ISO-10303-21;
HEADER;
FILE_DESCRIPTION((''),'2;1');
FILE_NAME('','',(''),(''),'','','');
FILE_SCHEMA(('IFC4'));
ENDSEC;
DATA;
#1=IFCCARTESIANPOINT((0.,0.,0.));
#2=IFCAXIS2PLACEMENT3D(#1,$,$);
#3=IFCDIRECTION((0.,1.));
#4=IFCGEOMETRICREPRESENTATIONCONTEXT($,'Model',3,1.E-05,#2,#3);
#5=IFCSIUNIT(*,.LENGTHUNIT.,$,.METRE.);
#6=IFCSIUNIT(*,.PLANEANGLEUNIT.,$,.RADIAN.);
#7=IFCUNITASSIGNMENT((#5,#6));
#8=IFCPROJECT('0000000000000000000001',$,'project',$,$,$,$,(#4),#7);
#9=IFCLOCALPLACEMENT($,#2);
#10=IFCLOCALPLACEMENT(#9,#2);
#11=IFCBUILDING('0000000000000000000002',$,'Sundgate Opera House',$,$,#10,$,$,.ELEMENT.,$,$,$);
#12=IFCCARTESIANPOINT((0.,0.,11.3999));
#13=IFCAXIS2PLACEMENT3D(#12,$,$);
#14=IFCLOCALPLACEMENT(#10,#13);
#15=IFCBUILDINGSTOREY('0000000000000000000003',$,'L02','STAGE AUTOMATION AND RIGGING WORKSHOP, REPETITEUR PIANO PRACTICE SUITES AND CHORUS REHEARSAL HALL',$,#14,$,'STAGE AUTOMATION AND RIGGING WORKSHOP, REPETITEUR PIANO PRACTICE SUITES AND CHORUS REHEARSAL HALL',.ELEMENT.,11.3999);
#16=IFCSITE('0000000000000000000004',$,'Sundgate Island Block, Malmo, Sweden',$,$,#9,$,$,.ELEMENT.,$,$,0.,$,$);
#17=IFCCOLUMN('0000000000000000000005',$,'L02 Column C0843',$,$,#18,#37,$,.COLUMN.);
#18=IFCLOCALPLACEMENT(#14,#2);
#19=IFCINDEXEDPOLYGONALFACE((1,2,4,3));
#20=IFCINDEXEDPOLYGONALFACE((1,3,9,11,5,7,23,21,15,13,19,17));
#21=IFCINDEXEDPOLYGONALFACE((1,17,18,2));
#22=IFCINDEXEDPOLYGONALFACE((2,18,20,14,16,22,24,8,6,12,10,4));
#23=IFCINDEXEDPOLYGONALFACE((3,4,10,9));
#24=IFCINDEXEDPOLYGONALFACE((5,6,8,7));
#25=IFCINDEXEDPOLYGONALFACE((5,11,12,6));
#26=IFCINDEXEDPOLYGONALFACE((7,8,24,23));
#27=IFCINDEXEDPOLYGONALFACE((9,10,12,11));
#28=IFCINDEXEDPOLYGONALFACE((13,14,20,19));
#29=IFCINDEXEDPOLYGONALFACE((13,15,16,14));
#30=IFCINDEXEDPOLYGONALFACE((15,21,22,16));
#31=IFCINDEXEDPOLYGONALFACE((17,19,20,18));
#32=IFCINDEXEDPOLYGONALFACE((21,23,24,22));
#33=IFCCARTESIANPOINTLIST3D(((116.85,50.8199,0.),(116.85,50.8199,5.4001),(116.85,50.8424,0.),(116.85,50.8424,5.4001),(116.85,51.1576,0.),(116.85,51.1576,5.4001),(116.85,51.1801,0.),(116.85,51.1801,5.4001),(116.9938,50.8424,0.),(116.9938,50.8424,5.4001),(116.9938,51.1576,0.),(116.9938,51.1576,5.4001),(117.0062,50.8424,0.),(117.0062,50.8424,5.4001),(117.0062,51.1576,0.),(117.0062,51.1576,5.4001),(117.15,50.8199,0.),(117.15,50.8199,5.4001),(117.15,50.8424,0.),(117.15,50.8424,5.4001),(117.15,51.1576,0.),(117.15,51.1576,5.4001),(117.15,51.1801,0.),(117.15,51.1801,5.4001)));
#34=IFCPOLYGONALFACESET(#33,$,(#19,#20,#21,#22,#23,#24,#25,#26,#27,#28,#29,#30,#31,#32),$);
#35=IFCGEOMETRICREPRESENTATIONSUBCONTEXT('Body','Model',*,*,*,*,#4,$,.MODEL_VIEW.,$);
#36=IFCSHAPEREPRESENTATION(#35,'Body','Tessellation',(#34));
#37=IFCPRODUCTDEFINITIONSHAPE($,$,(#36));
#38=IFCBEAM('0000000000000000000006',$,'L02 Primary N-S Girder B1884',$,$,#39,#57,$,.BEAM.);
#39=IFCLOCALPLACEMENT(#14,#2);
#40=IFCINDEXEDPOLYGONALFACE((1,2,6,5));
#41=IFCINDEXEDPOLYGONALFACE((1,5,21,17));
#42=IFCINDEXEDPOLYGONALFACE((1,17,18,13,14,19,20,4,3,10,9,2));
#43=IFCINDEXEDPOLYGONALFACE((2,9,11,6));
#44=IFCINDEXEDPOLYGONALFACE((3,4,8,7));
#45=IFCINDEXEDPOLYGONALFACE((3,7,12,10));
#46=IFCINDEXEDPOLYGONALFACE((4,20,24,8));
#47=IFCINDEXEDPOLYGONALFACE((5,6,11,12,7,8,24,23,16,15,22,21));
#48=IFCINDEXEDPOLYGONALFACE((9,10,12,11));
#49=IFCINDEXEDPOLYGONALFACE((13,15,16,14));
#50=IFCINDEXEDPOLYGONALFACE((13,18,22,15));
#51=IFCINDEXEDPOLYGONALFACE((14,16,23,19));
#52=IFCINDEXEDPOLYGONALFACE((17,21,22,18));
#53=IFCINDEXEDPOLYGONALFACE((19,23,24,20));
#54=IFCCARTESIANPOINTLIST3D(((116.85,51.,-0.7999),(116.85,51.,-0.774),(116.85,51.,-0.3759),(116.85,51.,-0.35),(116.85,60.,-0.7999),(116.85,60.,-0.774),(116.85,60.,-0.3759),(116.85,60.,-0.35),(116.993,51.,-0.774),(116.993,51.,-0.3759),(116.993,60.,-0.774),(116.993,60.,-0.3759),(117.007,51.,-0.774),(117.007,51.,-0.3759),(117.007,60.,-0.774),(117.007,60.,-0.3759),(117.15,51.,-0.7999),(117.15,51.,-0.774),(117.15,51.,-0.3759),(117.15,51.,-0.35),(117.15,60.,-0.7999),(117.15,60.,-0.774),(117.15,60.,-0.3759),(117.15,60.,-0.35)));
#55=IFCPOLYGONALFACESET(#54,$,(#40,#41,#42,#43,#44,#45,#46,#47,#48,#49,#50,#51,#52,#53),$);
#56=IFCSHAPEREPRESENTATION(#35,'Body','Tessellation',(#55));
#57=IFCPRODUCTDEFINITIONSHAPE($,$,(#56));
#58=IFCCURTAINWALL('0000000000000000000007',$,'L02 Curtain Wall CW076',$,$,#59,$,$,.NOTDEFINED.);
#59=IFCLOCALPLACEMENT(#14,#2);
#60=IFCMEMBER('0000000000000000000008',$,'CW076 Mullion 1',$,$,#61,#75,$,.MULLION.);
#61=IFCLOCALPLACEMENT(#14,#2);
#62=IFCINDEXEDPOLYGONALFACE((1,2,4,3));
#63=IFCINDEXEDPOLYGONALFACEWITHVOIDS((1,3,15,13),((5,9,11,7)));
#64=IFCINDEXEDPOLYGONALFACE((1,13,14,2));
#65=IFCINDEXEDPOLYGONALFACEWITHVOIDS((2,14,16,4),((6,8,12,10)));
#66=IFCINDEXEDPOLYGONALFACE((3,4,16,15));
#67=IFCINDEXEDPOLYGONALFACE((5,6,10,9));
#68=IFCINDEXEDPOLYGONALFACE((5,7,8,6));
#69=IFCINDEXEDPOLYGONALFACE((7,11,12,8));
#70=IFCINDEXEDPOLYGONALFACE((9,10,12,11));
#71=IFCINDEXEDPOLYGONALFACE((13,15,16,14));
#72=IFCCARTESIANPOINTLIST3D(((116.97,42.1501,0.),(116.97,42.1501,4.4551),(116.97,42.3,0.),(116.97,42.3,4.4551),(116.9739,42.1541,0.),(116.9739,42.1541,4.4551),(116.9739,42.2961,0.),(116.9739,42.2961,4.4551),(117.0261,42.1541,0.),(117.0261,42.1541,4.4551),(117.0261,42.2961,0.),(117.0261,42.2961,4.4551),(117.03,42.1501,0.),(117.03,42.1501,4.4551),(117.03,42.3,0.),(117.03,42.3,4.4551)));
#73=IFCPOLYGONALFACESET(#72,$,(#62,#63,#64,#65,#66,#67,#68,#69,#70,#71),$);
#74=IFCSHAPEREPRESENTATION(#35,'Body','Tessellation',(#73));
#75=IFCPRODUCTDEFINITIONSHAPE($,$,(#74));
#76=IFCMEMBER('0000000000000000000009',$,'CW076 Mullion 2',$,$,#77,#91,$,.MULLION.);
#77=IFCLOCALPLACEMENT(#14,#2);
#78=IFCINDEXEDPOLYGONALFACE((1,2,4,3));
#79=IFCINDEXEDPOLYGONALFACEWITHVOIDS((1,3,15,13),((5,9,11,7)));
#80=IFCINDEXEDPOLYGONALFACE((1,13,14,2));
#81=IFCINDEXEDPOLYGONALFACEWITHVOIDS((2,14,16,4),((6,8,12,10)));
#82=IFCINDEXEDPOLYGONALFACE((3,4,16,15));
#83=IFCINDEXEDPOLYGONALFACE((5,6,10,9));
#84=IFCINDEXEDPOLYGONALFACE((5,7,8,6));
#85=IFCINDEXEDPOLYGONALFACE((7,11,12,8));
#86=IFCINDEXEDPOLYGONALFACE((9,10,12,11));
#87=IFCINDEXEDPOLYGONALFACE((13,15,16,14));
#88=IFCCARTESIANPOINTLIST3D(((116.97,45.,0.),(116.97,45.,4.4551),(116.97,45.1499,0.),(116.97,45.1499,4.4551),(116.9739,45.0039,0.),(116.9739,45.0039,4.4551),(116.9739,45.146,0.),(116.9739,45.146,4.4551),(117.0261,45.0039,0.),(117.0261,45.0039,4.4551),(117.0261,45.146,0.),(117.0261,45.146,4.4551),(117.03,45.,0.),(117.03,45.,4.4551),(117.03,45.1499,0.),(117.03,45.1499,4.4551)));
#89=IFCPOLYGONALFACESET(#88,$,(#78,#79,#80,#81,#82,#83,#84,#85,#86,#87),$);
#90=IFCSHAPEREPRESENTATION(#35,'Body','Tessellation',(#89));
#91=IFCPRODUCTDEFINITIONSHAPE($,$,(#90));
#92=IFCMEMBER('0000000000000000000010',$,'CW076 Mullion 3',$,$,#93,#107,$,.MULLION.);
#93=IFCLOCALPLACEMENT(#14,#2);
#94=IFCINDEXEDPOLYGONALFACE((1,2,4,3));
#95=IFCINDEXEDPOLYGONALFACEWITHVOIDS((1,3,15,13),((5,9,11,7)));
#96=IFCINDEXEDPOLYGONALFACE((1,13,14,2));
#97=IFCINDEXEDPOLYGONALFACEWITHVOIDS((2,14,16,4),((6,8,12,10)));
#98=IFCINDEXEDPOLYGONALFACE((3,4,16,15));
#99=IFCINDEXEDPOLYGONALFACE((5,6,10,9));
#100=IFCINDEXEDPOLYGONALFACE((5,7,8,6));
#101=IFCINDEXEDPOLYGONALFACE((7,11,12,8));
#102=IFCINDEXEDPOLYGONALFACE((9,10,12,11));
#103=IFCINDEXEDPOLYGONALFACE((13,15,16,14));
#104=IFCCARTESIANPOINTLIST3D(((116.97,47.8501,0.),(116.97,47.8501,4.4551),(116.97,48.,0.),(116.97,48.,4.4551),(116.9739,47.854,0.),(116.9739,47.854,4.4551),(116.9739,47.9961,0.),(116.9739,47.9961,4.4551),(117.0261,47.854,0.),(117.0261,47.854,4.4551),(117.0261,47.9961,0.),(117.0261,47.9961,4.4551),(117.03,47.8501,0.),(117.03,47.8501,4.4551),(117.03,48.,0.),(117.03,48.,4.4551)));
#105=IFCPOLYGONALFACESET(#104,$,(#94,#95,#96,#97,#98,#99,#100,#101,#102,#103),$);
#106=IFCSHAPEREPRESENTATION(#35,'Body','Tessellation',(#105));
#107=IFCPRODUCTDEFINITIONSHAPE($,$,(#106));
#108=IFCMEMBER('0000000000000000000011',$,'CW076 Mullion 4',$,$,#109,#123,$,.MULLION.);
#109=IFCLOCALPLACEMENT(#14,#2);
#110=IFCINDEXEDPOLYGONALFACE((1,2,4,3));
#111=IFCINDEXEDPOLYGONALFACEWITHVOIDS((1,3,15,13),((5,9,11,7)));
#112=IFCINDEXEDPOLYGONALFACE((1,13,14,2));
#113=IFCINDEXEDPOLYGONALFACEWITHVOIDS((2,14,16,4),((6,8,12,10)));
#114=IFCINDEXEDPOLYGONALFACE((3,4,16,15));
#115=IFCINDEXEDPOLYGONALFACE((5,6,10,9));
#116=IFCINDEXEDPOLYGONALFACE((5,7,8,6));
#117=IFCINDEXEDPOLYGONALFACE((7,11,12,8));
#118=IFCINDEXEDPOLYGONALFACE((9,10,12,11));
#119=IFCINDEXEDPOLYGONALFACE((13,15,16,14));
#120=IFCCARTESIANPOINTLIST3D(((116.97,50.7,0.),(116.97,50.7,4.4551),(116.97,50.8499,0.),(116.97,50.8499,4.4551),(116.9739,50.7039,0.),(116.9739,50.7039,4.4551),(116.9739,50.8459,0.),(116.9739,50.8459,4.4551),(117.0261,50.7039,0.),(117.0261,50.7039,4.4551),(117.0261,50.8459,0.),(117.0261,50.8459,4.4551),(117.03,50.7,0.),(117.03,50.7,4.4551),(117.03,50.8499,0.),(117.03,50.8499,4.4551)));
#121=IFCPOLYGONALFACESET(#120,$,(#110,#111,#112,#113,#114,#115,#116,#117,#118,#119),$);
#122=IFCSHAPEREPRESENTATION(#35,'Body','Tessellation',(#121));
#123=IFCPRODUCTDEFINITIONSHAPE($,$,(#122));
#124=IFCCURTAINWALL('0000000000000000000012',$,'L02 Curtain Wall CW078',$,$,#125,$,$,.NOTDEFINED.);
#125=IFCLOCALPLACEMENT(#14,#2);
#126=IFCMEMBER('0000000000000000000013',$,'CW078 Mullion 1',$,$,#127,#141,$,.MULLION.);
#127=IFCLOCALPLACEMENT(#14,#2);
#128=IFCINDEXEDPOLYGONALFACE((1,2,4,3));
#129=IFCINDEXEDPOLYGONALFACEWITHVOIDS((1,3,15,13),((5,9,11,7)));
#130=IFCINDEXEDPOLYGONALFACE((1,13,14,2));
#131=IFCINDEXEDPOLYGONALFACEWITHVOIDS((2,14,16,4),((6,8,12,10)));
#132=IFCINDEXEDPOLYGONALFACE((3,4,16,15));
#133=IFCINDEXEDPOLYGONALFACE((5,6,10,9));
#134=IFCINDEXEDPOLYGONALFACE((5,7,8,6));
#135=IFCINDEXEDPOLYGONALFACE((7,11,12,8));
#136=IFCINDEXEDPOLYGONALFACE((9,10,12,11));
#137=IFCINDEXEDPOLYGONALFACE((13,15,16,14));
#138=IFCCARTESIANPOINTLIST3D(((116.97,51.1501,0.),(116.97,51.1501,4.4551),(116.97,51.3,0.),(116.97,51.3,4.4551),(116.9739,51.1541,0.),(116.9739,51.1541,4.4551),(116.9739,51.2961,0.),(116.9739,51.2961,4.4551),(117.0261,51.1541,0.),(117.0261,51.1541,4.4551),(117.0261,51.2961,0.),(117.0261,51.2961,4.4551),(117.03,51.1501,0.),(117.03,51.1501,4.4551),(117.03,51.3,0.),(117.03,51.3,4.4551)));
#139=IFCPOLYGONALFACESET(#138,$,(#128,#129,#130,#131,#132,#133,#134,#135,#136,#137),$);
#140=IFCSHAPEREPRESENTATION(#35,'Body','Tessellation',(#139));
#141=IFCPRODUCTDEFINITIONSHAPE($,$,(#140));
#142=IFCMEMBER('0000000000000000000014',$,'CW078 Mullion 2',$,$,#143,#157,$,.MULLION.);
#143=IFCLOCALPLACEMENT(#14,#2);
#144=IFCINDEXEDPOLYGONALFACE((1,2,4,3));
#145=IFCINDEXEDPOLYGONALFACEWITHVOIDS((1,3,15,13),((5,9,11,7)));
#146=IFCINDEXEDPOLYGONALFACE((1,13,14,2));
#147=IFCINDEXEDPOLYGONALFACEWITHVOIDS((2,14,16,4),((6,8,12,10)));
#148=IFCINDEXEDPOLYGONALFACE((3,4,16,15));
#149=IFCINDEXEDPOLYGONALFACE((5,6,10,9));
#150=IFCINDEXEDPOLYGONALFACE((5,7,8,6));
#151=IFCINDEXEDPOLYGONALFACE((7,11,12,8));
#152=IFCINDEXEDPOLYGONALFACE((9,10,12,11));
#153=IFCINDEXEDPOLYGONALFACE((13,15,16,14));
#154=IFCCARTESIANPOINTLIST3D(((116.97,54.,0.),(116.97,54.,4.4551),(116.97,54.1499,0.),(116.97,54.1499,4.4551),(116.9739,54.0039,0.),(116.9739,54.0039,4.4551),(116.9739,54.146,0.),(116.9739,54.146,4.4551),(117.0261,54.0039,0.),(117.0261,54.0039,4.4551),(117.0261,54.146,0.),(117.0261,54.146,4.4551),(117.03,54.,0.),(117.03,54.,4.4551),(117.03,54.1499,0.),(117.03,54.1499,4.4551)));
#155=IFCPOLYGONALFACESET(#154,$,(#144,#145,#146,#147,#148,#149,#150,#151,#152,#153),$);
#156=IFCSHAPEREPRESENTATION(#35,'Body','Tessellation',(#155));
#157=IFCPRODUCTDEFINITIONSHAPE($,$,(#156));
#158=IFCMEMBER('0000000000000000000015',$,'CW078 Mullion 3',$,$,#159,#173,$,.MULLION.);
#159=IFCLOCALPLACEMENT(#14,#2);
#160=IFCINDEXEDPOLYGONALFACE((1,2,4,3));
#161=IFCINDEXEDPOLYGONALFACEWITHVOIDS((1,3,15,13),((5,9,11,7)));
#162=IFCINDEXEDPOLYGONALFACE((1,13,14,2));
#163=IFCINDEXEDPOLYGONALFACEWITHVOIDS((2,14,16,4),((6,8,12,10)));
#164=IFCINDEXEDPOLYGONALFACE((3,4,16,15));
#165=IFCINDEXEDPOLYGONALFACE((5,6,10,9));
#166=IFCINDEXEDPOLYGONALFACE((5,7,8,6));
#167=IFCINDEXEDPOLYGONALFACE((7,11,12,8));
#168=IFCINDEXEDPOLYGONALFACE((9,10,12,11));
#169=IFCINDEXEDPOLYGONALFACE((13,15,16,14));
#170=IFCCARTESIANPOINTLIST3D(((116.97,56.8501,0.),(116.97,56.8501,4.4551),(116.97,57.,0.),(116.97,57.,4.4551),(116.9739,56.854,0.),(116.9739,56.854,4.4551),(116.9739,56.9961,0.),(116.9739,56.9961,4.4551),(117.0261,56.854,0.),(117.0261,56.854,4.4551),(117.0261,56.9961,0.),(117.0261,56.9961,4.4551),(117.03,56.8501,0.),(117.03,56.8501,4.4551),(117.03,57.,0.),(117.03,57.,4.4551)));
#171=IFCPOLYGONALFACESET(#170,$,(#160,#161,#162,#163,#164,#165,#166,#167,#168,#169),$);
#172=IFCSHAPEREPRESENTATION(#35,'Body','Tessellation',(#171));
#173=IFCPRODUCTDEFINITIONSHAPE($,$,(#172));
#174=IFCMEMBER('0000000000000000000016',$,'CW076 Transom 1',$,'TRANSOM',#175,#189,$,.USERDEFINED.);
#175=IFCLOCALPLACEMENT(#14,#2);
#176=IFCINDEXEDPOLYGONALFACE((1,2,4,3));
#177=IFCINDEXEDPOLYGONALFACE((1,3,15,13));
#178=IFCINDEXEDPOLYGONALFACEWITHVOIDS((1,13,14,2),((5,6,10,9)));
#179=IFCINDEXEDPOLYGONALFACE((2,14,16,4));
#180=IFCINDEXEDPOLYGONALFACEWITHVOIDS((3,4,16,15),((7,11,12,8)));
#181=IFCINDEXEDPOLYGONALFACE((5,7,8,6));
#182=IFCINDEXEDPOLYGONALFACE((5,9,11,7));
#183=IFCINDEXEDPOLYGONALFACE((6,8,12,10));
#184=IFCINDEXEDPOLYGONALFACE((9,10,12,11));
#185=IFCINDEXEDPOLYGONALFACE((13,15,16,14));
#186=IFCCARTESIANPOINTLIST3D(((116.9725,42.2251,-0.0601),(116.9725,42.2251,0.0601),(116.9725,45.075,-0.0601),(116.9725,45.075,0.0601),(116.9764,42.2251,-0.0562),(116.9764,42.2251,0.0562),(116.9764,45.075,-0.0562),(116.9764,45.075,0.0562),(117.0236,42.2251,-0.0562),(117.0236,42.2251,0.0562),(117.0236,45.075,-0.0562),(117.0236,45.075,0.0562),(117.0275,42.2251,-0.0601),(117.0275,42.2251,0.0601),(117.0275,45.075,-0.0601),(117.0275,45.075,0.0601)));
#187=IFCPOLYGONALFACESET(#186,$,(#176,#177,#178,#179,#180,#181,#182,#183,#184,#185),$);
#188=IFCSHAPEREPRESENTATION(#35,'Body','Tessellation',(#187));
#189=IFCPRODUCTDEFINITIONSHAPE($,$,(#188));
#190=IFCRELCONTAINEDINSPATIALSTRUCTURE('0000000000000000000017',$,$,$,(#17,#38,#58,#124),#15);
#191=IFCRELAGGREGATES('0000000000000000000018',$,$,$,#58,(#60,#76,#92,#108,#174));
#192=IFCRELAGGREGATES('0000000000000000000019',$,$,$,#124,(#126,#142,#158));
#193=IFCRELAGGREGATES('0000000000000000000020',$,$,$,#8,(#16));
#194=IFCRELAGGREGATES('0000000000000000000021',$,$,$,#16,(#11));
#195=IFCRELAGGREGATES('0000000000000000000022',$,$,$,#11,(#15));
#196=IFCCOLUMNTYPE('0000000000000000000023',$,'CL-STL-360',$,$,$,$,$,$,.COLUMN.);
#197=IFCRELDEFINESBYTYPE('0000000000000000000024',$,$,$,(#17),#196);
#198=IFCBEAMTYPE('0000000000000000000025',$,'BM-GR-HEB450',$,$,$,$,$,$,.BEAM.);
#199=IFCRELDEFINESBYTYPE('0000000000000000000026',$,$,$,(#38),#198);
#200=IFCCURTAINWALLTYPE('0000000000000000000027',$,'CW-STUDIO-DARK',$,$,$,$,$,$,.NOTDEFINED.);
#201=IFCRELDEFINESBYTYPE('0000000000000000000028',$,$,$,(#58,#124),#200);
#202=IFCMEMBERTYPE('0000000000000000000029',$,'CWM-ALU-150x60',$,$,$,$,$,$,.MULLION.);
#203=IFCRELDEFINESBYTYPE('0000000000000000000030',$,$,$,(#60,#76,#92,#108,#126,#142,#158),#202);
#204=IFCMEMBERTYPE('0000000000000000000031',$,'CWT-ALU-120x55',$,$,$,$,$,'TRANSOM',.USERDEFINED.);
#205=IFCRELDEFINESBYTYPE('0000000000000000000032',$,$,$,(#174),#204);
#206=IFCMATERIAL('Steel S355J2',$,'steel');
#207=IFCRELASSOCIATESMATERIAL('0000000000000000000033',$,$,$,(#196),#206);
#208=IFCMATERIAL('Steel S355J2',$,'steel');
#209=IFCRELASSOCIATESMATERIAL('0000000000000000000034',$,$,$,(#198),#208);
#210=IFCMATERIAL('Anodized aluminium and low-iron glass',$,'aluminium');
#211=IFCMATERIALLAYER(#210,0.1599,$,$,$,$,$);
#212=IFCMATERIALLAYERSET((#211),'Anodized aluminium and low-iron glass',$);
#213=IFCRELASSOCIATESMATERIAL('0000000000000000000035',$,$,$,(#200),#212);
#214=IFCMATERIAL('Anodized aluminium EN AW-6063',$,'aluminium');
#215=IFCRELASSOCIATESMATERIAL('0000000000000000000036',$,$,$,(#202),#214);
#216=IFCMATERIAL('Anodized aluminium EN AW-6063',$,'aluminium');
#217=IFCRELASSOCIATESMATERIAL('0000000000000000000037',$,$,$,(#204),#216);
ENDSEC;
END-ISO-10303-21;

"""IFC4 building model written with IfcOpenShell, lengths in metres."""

from ifc_helpers import new_model, si_unit, direction, frame, origin, origin_2d, place, context, subcontext, project, spatial, hollow_rectangle, i_section, extrude, material, layer, layer_set, material_profile, profile_set, type_object, element, aggregate, save


model = new_model("IFC4")

# Units and contexts
model_context = context("Model", 3, precision=1e-05, world=origin(), true_north=direction((0.0, 1.0)))
body_context = subcontext(model_context, "Body", "Model", "MODEL_VIEW")
ifc_project = project(units=[si_unit("LENGTHUNIT", "METRE"), si_unit("PLANEANGLEUNIT", "RADIAN")], contexts=[model_context])

# Site, building, storey
site_placement = place(None, origin())
site = spatial("IfcSite", under=ifc_project, at=site_placement, Name="Sundgate Island Block, Malmo, Sweden", CompositionType="ELEMENT", RefElevation=0.0)
building_placement = place(site_placement, origin())
building = spatial("IfcBuilding", under=site, at=building_placement, Name="Sundgate Opera House", CompositionType="ELEMENT")
storey_placement = place(building_placement, frame((0.0, 0.0, 11.3999)))
storey = spatial("IfcBuildingStorey", under=building, at=storey_placement, Name="L02", Description="STAGE AUTOMATION AND RIGGING WORKSHOP, REPETITEUR PIANO PRACTICE SUITES AND CHORUS REHEARSAL HALL", LongName="STAGE AUTOMATION AND RIGGING WORKSHOP, REPETITEUR PIANO PRACTICE SUITES AND CHORUS REHEARSAL HALL", CompositionType="ELEMENT", Elevation=11.3999)

# Column
ifc_material_1 = material(Name="Steel S355J2", Category="steel")
ifc_material_profile_1 = material_profile(ifc_material_1, i_section(OverallWidth=0.3, OverallDepth=0.3601, WebThickness=0.0125, FlangeThickness=0.0225, at=origin_2d()), Name="HEB 360")
ifc_profile_set_1 = profile_set([ifc_material_profile_1], Name="Steel S355J2")
column_type = type_object("IfcColumnType", Name="CL-STL-360", PredefinedType="COLUMN", material=ifc_profile_set_1)
column_placement = place(storey_placement, frame((117.0, 51.0, 0.0), z_axis=(0.0, 0.0, 1.0), x_axis=(1.0, 0.0, 0.0)))
element("IfcColumn", 1, at=column_placement, inside=storey, type_object=column_type, Name="L02 Column C0843", PredefinedType="COLUMN", context=body_context, shape_type="SweptSolid", body=[
    extrude(i_section(OverallWidth=0.3, OverallDepth=0.3601, WebThickness=0.0125, FlangeThickness=0.0225, at=origin_2d()), origin(), (0.0, 0.0, 1.0), 5.4001),
])

# Beam
ifc_material_2 = material(Name="Steel S355J2", Category="steel")
ifc_material_profile_2 = material_profile(ifc_material_2, i_section(OverallWidth=0.3, OverallDepth=0.45, WebThickness=0.0139, FlangeThickness=0.0259, at=origin_2d()), Name="HEB 450")
ifc_profile_set_2 = profile_set([ifc_material_profile_2], Name="Steel S355J2")
beam_type = type_object("IfcBeamType", Name="BM-GR-HEB450", PredefinedType="BEAM", material=ifc_profile_set_2)
beam_placement = place(storey_placement, frame((117.0, 51.0, -0.575), z_axis=(0.0, 1.0, 0.0), x_axis=(-1.0, 0.0, 0.0)))
element("IfcBeam", 2, at=beam_placement, inside=storey, type_object=beam_type, Name="L02 Primary N-S Girder B1884", PredefinedType="BEAM", context=body_context, shape_type="SweptSolid", body=[
    extrude(i_section(OverallWidth=0.3, OverallDepth=0.45, WebThickness=0.0139, FlangeThickness=0.0259, at=origin_2d()), origin(), (0.0, 0.0, 1.0), 9.0),
])

# Curtain walls, members
ifc_material_3 = material(Name="Anodized aluminium and low-iron glass", Category="aluminium")
ifc_layer_1 = layer(ifc_material_3, 0.1599)
ifc_layer_set_1 = layer_set([ifc_layer_1], Name="Anodized aluminium and low-iron glass")
curtain_wall_type = type_object("IfcCurtainWallType", Name="CW-STUDIO-DARK", PredefinedType="NOTDEFINED", material=ifc_layer_set_1)
curtain_wall_1_placement = place(storey_placement, origin())
curtain_wall_1 = element("IfcCurtainWall", 3, at=curtain_wall_1_placement, inside=storey, type_object=curtain_wall_type, Name="L02 Curtain Wall CW076", PredefinedType="NOTDEFINED")
ifc_material_4 = material(Name="Anodized aluminium EN AW-6063", Category="aluminium")
ifc_material_profile_3 = material_profile(ifc_material_4, hollow_rectangle(XDim=0.0601, YDim=0.1499, WallThickness=0.0039, at=origin_2d()), Name="CWM 150x60x4")
ifc_profile_set_3 = profile_set([ifc_material_profile_3], Name="Anodized aluminium EN AW-6063")
member_type_1 = type_object("IfcMemberType", Name="CWM-ALU-150x60", PredefinedType="MULLION", material=ifc_profile_set_3)
member_1_placement = place(storey_placement, frame((117.0, 42.2251, 0.0), z_axis=(0.0, 0.0, 1.0), x_axis=(1.0, 0.0, 0.0)))
member_1 = element("IfcMember", 4, at=member_1_placement, type_object=member_type_1, Name="CW076 Mullion 1", PredefinedType="MULLION", context=body_context, shape_type="SweptSolid", body=[
    extrude(hollow_rectangle(XDim=0.0601, YDim=0.1499, WallThickness=0.0039, at=origin_2d()), origin(), (0.0, 0.0, 1.0), 4.4551),
])
member_2_placement = place(storey_placement, frame((117.0, 45.075, 0.0), z_axis=(0.0, 0.0, 1.0), x_axis=(1.0, 0.0, 0.0)))
member_2 = element("IfcMember", 5, at=member_2_placement, type_object=member_type_1, Name="CW076 Mullion 2", PredefinedType="MULLION", context=body_context, shape_type="SweptSolid", body=[
    extrude(hollow_rectangle(XDim=0.0601, YDim=0.1499, WallThickness=0.0039, at=origin_2d()), origin(), (0.0, 0.0, 1.0), 4.4551),
])
member_3_placement = place(storey_placement, frame((117.0, 47.925, 0.0), z_axis=(0.0, 0.0, 1.0), x_axis=(1.0, 0.0, 0.0)))
member_3 = element("IfcMember", 6, at=member_3_placement, type_object=member_type_1, Name="CW076 Mullion 3", PredefinedType="MULLION", context=body_context, shape_type="SweptSolid", body=[
    extrude(hollow_rectangle(XDim=0.0601, YDim=0.1499, WallThickness=0.0039, at=origin_2d()), origin(), (0.0, 0.0, 1.0), 4.4551),
])
member_4_placement = place(storey_placement, frame((117.0, 50.7749, 0.0), z_axis=(0.0, 0.0, 1.0), x_axis=(1.0, 0.0, 0.0)))
member_4 = element("IfcMember", 7, at=member_4_placement, type_object=member_type_1, Name="CW076 Mullion 4", PredefinedType="MULLION", context=body_context, shape_type="SweptSolid", body=[
    extrude(hollow_rectangle(XDim=0.0601, YDim=0.1499, WallThickness=0.0039, at=origin_2d()), origin(), (0.0, 0.0, 1.0), 4.4551),
])
curtain_wall_2_placement = place(storey_placement, origin())
curtain_wall_2 = element("IfcCurtainWall", 8, at=curtain_wall_2_placement, inside=storey, type_object=curtain_wall_type, Name="L02 Curtain Wall CW078", PredefinedType="NOTDEFINED")
member_5_placement = place(storey_placement, frame((117.0, 51.2251, 0.0), z_axis=(0.0, 0.0, 1.0), x_axis=(1.0, 0.0, 0.0)))
member_5 = element("IfcMember", 9, at=member_5_placement, type_object=member_type_1, Name="CW078 Mullion 1", PredefinedType="MULLION", context=body_context, shape_type="SweptSolid", body=[
    extrude(hollow_rectangle(XDim=0.0601, YDim=0.1499, WallThickness=0.0039, at=origin_2d()), origin(), (0.0, 0.0, 1.0), 4.4551),
])
member_6_placement = place(storey_placement, frame((117.0, 54.075, 0.0), z_axis=(0.0, 0.0, 1.0), x_axis=(1.0, 0.0, 0.0)))
member_6 = element("IfcMember", 10, at=member_6_placement, type_object=member_type_1, Name="CW078 Mullion 2", PredefinedType="MULLION", context=body_context, shape_type="SweptSolid", body=[
    extrude(hollow_rectangle(XDim=0.0601, YDim=0.1499, WallThickness=0.0039, at=origin_2d()), origin(), (0.0, 0.0, 1.0), 4.4551),
])
member_7_placement = place(storey_placement, frame((117.0, 56.925, 0.0), z_axis=(0.0, 0.0, 1.0), x_axis=(1.0, 0.0, 0.0)))
member_7 = element("IfcMember", 11, at=member_7_placement, type_object=member_type_1, Name="CW078 Mullion 3", PredefinedType="MULLION", context=body_context, shape_type="SweptSolid", body=[
    extrude(hollow_rectangle(XDim=0.0601, YDim=0.1499, WallThickness=0.0039, at=origin_2d()), origin(), (0.0, 0.0, 1.0), 4.4551),
])

# Member
ifc_material_5 = material(Name="Anodized aluminium EN AW-6063", Category="aluminium")
ifc_material_profile_4 = material_profile(ifc_material_5, hollow_rectangle(XDim=0.0549, YDim=0.1201, WallThickness=0.0039, at=origin_2d()), Name="CWT 120x55x4")
ifc_profile_set_4 = profile_set([ifc_material_profile_4], Name="Anodized aluminium EN AW-6063")
member_type_2 = type_object("IfcMemberType", Name="CWT-ALU-120x55", ElementType="TRANSOM", PredefinedType="USERDEFINED", material=ifc_profile_set_4)
member_8_placement = place(storey_placement, frame((117.0, 42.2251, 0.0), z_axis=(0.0, 1.0, 0.0), x_axis=(-1.0, 0.0, 0.0)))
member_8 = element("IfcMember", 12, at=member_8_placement, type_object=member_type_2, Name="CW076 Transom 1", ObjectType="TRANSOM", PredefinedType="USERDEFINED", context=body_context, shape_type="SweptSolid", body=[
    extrude(hollow_rectangle(XDim=0.0549, YDim=0.1201, WallThickness=0.0039, at=origin_2d()), origin(), (0.0, 0.0, 1.0), 2.8499),
])

aggregate(curtain_wall_1, [member_1, member_2, member_3, member_4, member_8])
aggregate(curtain_wall_2, [member_5, member_6, member_7])

save(model, "model.ifc")
